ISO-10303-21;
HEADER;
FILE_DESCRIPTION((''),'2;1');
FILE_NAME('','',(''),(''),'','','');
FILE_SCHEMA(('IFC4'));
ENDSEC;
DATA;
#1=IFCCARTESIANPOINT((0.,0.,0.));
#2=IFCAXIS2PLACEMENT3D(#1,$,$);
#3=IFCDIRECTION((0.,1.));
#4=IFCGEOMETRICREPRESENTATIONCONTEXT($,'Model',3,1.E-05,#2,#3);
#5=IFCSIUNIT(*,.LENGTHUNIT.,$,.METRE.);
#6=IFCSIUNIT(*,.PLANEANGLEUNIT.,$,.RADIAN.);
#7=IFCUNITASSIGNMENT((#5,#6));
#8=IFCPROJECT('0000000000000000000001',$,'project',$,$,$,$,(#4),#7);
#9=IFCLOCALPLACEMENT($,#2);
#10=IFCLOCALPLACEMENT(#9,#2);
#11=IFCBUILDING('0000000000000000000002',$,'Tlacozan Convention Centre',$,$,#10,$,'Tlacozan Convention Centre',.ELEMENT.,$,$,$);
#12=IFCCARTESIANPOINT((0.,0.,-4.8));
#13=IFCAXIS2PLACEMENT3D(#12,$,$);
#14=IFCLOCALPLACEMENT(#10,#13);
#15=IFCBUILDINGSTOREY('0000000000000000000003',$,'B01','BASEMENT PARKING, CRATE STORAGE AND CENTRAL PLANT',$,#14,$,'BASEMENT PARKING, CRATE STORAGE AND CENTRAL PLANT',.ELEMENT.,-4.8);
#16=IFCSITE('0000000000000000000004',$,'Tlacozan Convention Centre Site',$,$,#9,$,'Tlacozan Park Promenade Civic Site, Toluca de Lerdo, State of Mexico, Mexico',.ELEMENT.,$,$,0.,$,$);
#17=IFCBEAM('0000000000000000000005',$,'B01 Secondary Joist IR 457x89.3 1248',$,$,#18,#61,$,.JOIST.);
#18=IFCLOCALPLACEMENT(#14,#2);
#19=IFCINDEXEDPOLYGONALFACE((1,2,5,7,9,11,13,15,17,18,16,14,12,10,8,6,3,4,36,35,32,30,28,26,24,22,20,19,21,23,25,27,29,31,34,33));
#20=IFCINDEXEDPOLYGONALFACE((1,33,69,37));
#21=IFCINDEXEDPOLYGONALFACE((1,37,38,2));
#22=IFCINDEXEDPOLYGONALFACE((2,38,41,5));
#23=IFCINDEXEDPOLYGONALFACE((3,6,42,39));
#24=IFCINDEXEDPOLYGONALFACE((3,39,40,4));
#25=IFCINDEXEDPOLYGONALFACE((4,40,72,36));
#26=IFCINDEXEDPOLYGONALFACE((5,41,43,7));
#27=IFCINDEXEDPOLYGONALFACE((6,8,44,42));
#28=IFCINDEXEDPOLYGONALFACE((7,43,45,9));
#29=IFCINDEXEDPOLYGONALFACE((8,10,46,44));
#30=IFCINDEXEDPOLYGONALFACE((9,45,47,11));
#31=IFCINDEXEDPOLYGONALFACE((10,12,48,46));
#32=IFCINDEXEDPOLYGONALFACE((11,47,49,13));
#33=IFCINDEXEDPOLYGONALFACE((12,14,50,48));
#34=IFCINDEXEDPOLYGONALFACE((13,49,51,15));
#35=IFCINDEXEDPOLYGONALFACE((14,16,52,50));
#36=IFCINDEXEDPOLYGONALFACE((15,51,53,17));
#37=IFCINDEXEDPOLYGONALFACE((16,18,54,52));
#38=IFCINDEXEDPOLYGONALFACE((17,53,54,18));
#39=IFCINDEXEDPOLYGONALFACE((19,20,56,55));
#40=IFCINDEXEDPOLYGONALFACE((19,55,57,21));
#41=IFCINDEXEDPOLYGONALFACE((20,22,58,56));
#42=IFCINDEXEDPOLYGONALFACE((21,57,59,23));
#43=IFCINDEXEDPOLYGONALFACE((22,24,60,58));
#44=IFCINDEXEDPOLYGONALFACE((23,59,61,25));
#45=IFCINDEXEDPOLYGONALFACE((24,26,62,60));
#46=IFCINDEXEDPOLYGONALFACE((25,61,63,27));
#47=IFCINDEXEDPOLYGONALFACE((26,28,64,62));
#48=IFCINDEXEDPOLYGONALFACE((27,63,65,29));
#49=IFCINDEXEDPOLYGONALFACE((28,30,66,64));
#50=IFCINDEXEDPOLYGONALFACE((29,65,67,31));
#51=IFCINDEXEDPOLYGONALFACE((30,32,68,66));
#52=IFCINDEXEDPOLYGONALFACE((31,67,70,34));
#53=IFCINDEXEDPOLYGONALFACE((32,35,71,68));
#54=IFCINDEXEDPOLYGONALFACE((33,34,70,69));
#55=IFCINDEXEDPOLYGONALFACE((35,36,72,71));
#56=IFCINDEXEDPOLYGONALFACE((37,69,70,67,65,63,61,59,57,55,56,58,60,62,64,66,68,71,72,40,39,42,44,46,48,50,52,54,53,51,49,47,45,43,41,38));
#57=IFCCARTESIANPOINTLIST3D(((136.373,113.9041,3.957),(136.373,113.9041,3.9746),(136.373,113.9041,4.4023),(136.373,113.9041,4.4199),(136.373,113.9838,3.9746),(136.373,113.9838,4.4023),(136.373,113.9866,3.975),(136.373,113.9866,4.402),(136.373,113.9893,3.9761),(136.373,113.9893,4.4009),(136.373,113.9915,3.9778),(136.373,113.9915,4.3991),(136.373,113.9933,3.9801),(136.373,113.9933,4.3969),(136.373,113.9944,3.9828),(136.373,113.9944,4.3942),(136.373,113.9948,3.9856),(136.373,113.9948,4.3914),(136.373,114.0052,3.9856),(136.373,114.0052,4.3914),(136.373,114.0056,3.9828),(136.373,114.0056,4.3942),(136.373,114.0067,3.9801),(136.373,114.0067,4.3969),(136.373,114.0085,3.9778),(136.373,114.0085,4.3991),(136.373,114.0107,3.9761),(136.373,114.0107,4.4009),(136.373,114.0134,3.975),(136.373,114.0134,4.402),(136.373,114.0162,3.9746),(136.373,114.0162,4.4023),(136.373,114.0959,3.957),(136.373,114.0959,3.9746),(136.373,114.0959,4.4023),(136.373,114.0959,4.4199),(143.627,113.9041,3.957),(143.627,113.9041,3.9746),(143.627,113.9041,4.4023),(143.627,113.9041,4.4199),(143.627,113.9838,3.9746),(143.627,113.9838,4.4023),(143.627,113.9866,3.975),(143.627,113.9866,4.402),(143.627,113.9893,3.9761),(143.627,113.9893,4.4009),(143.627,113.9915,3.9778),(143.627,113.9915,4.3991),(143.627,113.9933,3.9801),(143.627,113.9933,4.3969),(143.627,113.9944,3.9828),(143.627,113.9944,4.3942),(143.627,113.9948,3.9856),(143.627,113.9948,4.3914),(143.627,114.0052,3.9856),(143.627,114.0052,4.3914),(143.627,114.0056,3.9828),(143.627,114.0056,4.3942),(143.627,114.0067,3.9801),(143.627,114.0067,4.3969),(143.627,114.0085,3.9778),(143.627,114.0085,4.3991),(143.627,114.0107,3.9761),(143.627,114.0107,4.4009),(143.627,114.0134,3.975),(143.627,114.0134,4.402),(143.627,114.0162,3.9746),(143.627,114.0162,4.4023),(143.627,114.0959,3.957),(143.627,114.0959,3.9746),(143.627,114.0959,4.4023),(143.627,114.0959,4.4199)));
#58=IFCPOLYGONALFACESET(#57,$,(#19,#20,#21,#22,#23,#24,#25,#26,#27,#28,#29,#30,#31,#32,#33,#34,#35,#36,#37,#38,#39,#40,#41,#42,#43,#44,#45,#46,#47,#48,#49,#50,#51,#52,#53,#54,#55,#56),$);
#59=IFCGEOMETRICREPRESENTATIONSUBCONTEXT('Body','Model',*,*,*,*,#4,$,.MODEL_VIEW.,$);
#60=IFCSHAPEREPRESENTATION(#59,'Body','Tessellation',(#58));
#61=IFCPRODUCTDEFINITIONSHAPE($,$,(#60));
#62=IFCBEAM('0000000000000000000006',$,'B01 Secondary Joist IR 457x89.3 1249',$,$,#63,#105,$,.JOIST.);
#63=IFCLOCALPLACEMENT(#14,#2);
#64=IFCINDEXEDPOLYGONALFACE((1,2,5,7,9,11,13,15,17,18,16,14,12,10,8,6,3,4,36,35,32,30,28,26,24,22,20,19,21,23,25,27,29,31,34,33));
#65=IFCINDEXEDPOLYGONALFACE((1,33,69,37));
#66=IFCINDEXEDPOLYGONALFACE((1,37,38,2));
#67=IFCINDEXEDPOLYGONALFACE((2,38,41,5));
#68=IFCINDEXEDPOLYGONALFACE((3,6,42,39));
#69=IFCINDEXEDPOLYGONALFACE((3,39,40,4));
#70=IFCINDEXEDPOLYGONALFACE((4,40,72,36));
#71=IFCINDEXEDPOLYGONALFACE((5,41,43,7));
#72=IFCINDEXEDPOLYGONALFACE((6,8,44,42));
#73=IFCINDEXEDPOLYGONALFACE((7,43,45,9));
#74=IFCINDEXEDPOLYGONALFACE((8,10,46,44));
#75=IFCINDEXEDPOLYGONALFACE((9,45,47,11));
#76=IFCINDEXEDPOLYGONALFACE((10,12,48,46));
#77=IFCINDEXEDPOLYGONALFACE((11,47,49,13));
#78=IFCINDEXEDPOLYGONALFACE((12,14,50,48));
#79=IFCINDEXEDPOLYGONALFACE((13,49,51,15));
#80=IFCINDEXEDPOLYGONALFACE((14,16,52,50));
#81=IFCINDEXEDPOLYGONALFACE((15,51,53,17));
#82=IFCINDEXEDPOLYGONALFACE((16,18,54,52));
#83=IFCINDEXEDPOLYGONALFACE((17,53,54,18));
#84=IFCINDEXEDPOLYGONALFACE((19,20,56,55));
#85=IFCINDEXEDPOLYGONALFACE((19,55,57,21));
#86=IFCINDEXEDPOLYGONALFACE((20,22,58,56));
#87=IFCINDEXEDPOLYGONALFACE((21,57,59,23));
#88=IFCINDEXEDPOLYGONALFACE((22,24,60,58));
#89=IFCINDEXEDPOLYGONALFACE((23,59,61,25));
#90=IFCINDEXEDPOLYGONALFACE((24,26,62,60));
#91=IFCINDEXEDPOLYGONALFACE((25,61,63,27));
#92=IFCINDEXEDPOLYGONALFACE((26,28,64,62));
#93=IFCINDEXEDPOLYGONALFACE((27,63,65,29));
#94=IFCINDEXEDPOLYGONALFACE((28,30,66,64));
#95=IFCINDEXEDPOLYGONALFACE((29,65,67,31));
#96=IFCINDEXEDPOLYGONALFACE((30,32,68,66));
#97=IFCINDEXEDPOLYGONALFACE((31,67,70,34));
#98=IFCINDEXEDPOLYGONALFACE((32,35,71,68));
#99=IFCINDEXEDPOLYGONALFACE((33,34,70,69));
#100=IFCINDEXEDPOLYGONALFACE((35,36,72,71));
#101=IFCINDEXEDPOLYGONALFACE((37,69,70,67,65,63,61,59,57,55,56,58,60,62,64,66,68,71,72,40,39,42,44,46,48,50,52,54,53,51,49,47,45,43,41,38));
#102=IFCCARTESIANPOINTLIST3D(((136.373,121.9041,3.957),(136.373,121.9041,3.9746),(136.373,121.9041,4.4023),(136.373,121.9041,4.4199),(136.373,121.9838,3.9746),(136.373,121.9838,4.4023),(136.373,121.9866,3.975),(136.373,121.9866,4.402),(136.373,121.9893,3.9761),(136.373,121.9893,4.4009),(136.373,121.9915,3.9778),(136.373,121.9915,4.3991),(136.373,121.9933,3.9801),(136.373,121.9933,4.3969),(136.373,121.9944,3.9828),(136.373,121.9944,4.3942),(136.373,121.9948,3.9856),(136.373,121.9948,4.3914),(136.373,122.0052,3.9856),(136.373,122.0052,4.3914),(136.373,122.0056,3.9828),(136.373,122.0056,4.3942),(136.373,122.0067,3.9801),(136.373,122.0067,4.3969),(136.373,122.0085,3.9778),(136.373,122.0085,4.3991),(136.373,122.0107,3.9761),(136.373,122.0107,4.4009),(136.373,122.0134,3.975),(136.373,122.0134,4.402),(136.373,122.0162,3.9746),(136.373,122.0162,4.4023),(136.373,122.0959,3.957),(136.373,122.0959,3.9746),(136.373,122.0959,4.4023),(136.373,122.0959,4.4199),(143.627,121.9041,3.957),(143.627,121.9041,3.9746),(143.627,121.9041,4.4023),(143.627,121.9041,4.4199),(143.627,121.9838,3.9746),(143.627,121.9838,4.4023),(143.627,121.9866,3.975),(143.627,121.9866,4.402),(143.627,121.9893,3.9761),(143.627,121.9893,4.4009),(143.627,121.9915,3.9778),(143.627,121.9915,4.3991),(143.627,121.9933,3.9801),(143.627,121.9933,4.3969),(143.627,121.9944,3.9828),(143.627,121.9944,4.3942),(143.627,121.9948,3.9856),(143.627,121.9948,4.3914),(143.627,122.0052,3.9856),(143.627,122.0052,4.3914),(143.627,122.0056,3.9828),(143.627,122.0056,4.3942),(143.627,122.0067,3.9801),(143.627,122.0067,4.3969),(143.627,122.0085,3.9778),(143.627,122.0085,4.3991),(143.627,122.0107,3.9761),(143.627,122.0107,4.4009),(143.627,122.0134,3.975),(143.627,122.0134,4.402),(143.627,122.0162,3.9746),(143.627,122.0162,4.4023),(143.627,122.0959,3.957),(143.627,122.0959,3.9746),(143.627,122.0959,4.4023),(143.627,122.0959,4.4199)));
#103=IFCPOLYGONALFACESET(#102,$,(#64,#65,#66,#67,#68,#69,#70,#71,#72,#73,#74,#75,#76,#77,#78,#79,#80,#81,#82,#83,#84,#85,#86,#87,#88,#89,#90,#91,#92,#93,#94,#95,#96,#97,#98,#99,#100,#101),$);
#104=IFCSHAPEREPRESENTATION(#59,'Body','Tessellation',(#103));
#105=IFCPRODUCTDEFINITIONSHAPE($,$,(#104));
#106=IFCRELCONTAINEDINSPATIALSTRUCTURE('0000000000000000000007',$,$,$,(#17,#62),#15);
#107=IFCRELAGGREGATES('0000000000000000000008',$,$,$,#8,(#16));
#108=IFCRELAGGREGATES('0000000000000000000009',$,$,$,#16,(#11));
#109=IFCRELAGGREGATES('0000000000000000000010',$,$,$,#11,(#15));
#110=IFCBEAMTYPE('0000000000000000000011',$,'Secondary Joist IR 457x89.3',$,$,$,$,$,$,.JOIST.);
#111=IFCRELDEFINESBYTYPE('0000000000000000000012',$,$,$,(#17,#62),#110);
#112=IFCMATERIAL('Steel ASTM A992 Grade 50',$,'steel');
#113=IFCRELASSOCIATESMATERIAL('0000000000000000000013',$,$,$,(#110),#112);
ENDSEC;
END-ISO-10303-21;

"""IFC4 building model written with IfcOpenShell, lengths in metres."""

from ifc_helpers import new_model, si_unit, direction, frame, origin, origin_2d, place, context, subcontext, project, spatial, i_section, extrude, material, material_profile, profile_set, type_object, element, save


model = new_model("IFC4")

# Units and contexts
model_context = context("Model", 3, precision=1e-05, world=origin(), true_north=direction((0.0, 1.0)))
body_context = subcontext(model_context, "Body", "Model", "MODEL_VIEW")
ifc_project = project(units=[si_unit("LENGTHUNIT", "METRE"), si_unit("PLANEANGLEUNIT", "RADIAN")], contexts=[model_context])

# Site, building, storey
site_placement = place(None, origin())
site = spatial("IfcSite", under=ifc_project, at=site_placement, Name="Tlacozan Convention Centre Site", LongName="Tlacozan Park Promenade Civic Site, Toluca de Lerdo, State of Mexico, Mexico", CompositionType="ELEMENT", RefElevation=0.0)
building_placement = place(site_placement, origin())
building = spatial("IfcBuilding", under=site, at=building_placement, Name="Tlacozan Convention Centre", LongName="Tlacozan Convention Centre", CompositionType="ELEMENT")
storey_placement = place(building_placement, frame((0.0, 0.0, -4.8)))
storey = spatial("IfcBuildingStorey", under=building, at=storey_placement, Name="B01", Description="BASEMENT PARKING, CRATE STORAGE AND CENTRAL PLANT", LongName="BASEMENT PARKING, CRATE STORAGE AND CENTRAL PLANT", CompositionType="ELEMENT", Elevation=-4.8)

# Beams
ifc_material_1 = material(Name="Steel ASTM A992 Grade 50", Category="steel")
ifc_material_profile_1 = material_profile(ifc_material_1, i_section(OverallWidth=0.1919, OverallDepth=0.4629, WebThickness=0.0105, FlangeThickness=0.0176, FilletRadius=0.011, at=origin_2d()), Name="IR 457x89.3")
ifc_profile_set_1 = profile_set([ifc_material_profile_1], Name="Steel ASTM A992 Grade 50")
beam_type_1 = type_object("IfcBeamType", Name="Secondary Joist IR 457x89.3", PredefinedType="JOIST", material=ifc_profile_set_1)
for number, where, z_axis, x_axis, name in (
    (1, (136.373, 114.0, 4.1885), (1.0, 0.0, 0.0), (0.0, 1.0, 0.0), "B01 Secondary Joist IR 457x89.3 1248"),
    (2, (136.373, 122.0, 4.1885), (1.0, 0.0, 0.0), (0.0, 1.0, 0.0), "B01 Secondary Joist IR 457x89.3 1249"),
):
    element("IfcBeam", number, at=place(storey_placement, frame(where, z_axis=z_axis, x_axis=x_axis)), inside=storey, type_object=beam_type_1, Name=name, PredefinedType="JOIST", context=body_context, shape_type="SweptSolid", body=[
        extrude(i_section(OverallWidth=0.1919, OverallDepth=0.4629, WebThickness=0.0105, FlangeThickness=0.0176, FilletRadius=0.011, at=origin_2d()), origin(), (0.0, 0.0, 1.0), 7.2539),
    ])

save(model, "model.ifc")
